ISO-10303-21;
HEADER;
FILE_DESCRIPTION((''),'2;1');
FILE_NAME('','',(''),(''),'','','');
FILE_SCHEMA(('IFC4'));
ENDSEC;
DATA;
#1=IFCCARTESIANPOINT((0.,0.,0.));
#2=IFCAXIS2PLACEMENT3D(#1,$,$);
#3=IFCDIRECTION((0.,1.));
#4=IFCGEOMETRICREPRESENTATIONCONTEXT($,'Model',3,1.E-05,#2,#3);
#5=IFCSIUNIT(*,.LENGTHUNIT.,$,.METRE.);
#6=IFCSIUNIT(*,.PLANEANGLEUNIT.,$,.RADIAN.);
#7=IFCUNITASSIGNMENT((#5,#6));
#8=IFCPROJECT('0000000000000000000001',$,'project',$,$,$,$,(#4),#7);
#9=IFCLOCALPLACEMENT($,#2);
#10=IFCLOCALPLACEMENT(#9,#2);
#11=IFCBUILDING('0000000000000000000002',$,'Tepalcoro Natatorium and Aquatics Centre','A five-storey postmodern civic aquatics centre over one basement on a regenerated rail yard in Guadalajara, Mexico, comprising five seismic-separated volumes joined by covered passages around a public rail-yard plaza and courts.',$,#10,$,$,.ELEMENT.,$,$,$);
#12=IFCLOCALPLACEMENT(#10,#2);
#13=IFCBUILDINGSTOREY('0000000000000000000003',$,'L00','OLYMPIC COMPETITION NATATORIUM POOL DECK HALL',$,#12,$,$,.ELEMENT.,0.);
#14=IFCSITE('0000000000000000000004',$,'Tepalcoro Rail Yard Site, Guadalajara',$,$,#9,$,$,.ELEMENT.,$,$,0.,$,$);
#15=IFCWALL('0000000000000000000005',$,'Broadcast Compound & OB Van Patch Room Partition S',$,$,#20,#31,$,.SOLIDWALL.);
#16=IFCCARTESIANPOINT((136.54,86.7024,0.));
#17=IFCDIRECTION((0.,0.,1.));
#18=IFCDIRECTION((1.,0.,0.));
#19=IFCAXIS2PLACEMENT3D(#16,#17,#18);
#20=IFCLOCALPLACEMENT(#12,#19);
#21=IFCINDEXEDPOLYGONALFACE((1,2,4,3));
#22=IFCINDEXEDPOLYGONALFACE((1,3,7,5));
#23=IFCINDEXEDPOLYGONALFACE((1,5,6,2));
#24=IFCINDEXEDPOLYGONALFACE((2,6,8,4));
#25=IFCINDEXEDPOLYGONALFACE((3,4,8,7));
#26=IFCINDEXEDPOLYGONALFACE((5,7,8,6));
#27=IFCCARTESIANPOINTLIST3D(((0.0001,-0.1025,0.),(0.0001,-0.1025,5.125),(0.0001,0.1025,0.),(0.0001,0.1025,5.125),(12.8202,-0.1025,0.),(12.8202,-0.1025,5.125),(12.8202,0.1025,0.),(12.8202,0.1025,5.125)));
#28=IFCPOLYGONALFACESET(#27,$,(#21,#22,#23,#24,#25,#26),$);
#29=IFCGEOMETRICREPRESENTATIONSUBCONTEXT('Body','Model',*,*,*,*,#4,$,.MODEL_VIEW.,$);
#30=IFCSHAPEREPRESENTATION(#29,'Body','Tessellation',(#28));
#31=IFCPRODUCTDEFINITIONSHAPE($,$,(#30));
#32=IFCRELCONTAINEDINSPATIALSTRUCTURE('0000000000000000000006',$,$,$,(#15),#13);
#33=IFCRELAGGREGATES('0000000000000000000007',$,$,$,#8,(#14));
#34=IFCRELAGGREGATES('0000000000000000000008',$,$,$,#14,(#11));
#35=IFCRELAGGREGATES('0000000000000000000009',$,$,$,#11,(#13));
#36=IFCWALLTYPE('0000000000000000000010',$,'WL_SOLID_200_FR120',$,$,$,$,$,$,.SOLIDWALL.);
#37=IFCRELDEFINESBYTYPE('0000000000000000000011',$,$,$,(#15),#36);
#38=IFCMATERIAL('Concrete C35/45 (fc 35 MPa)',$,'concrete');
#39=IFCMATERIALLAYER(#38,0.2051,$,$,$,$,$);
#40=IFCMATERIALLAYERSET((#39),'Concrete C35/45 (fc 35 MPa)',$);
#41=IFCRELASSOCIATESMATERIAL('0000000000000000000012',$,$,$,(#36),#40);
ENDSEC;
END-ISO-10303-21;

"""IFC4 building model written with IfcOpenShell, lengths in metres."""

from ifc_helpers import new_model, si_unit, direction, frame, frame_2d, origin, place, context, subcontext, project, spatial, rectangle, extrude, material, layer, layer_set, type_object, element, save


model = new_model("IFC4")

# Units and contexts
model_context = context("Model", 3, precision=1e-05, world=origin(), true_north=direction((0.0, 1.0)))
body_context = subcontext(model_context, "Body", "Model", "MODEL_VIEW")
ifc_project = project(units=[si_unit("LENGTHUNIT", "METRE"), si_unit("PLANEANGLEUNIT", "RADIAN")], contexts=[model_context])

# Site, building, storey
site_placement = place(None, origin())
site = spatial("IfcSite", under=ifc_project, at=site_placement, Name="Tepalcoro Rail Yard Site, Guadalajara", CompositionType="ELEMENT", RefElevation=0.0)
building_placement = place(site_placement, origin())
building = spatial("IfcBuilding", under=site, at=building_placement, Name="Tepalcoro Natatorium and Aquatics Centre", Description="A five-storey postmodern civic aquatics centre over one basement on a regenerated rail yard in Guadalajara, Mexico, comprising five seismic-separated volumes joined by covered passages around a public rail-yard plaza and courts.", CompositionType="ELEMENT")
storey_placement = place(building_placement, origin())
storey = spatial("IfcBuildingStorey", under=building, at=storey_placement, Name="L00", Description="OLYMPIC COMPETITION NATATORIUM POOL DECK HALL", CompositionType="ELEMENT", Elevation=0.0)

# Wall
ifc_material_1 = material(Name="Concrete C35/45 (fc 35 MPa)", Category="concrete")
ifc_layer_1 = layer(ifc_material_1, 0.2051)
ifc_layer_set_1 = layer_set([ifc_layer_1], Name="Concrete C35/45 (fc 35 MPa)")
wall_type_1 = type_object("IfcWallType", Name="WL_SOLID_200_FR120", PredefinedType="SOLIDWALL", material=ifc_layer_set_1)
wall_1_placement = place(storey_placement, frame((136.54, 86.7024, 0.0), z_axis=(0.0, 0.0, 1.0), x_axis=(1.0, 0.0, 0.0)))
element("IfcWall", 1, at=wall_1_placement, inside=storey, type_object=wall_type_1, Name="Broadcast Compound & OB Van Patch Room Partition S", PredefinedType="SOLIDWALL", context=body_context, shape_type="SweptSolid", body=[
    extrude(rectangle(XDim=12.8201, YDim=0.2051, at=frame_2d((6.4102, 0.0))), origin(), (0.0, 0.0, 1.0), 5.125),
])

save(model, "model.ifc")
